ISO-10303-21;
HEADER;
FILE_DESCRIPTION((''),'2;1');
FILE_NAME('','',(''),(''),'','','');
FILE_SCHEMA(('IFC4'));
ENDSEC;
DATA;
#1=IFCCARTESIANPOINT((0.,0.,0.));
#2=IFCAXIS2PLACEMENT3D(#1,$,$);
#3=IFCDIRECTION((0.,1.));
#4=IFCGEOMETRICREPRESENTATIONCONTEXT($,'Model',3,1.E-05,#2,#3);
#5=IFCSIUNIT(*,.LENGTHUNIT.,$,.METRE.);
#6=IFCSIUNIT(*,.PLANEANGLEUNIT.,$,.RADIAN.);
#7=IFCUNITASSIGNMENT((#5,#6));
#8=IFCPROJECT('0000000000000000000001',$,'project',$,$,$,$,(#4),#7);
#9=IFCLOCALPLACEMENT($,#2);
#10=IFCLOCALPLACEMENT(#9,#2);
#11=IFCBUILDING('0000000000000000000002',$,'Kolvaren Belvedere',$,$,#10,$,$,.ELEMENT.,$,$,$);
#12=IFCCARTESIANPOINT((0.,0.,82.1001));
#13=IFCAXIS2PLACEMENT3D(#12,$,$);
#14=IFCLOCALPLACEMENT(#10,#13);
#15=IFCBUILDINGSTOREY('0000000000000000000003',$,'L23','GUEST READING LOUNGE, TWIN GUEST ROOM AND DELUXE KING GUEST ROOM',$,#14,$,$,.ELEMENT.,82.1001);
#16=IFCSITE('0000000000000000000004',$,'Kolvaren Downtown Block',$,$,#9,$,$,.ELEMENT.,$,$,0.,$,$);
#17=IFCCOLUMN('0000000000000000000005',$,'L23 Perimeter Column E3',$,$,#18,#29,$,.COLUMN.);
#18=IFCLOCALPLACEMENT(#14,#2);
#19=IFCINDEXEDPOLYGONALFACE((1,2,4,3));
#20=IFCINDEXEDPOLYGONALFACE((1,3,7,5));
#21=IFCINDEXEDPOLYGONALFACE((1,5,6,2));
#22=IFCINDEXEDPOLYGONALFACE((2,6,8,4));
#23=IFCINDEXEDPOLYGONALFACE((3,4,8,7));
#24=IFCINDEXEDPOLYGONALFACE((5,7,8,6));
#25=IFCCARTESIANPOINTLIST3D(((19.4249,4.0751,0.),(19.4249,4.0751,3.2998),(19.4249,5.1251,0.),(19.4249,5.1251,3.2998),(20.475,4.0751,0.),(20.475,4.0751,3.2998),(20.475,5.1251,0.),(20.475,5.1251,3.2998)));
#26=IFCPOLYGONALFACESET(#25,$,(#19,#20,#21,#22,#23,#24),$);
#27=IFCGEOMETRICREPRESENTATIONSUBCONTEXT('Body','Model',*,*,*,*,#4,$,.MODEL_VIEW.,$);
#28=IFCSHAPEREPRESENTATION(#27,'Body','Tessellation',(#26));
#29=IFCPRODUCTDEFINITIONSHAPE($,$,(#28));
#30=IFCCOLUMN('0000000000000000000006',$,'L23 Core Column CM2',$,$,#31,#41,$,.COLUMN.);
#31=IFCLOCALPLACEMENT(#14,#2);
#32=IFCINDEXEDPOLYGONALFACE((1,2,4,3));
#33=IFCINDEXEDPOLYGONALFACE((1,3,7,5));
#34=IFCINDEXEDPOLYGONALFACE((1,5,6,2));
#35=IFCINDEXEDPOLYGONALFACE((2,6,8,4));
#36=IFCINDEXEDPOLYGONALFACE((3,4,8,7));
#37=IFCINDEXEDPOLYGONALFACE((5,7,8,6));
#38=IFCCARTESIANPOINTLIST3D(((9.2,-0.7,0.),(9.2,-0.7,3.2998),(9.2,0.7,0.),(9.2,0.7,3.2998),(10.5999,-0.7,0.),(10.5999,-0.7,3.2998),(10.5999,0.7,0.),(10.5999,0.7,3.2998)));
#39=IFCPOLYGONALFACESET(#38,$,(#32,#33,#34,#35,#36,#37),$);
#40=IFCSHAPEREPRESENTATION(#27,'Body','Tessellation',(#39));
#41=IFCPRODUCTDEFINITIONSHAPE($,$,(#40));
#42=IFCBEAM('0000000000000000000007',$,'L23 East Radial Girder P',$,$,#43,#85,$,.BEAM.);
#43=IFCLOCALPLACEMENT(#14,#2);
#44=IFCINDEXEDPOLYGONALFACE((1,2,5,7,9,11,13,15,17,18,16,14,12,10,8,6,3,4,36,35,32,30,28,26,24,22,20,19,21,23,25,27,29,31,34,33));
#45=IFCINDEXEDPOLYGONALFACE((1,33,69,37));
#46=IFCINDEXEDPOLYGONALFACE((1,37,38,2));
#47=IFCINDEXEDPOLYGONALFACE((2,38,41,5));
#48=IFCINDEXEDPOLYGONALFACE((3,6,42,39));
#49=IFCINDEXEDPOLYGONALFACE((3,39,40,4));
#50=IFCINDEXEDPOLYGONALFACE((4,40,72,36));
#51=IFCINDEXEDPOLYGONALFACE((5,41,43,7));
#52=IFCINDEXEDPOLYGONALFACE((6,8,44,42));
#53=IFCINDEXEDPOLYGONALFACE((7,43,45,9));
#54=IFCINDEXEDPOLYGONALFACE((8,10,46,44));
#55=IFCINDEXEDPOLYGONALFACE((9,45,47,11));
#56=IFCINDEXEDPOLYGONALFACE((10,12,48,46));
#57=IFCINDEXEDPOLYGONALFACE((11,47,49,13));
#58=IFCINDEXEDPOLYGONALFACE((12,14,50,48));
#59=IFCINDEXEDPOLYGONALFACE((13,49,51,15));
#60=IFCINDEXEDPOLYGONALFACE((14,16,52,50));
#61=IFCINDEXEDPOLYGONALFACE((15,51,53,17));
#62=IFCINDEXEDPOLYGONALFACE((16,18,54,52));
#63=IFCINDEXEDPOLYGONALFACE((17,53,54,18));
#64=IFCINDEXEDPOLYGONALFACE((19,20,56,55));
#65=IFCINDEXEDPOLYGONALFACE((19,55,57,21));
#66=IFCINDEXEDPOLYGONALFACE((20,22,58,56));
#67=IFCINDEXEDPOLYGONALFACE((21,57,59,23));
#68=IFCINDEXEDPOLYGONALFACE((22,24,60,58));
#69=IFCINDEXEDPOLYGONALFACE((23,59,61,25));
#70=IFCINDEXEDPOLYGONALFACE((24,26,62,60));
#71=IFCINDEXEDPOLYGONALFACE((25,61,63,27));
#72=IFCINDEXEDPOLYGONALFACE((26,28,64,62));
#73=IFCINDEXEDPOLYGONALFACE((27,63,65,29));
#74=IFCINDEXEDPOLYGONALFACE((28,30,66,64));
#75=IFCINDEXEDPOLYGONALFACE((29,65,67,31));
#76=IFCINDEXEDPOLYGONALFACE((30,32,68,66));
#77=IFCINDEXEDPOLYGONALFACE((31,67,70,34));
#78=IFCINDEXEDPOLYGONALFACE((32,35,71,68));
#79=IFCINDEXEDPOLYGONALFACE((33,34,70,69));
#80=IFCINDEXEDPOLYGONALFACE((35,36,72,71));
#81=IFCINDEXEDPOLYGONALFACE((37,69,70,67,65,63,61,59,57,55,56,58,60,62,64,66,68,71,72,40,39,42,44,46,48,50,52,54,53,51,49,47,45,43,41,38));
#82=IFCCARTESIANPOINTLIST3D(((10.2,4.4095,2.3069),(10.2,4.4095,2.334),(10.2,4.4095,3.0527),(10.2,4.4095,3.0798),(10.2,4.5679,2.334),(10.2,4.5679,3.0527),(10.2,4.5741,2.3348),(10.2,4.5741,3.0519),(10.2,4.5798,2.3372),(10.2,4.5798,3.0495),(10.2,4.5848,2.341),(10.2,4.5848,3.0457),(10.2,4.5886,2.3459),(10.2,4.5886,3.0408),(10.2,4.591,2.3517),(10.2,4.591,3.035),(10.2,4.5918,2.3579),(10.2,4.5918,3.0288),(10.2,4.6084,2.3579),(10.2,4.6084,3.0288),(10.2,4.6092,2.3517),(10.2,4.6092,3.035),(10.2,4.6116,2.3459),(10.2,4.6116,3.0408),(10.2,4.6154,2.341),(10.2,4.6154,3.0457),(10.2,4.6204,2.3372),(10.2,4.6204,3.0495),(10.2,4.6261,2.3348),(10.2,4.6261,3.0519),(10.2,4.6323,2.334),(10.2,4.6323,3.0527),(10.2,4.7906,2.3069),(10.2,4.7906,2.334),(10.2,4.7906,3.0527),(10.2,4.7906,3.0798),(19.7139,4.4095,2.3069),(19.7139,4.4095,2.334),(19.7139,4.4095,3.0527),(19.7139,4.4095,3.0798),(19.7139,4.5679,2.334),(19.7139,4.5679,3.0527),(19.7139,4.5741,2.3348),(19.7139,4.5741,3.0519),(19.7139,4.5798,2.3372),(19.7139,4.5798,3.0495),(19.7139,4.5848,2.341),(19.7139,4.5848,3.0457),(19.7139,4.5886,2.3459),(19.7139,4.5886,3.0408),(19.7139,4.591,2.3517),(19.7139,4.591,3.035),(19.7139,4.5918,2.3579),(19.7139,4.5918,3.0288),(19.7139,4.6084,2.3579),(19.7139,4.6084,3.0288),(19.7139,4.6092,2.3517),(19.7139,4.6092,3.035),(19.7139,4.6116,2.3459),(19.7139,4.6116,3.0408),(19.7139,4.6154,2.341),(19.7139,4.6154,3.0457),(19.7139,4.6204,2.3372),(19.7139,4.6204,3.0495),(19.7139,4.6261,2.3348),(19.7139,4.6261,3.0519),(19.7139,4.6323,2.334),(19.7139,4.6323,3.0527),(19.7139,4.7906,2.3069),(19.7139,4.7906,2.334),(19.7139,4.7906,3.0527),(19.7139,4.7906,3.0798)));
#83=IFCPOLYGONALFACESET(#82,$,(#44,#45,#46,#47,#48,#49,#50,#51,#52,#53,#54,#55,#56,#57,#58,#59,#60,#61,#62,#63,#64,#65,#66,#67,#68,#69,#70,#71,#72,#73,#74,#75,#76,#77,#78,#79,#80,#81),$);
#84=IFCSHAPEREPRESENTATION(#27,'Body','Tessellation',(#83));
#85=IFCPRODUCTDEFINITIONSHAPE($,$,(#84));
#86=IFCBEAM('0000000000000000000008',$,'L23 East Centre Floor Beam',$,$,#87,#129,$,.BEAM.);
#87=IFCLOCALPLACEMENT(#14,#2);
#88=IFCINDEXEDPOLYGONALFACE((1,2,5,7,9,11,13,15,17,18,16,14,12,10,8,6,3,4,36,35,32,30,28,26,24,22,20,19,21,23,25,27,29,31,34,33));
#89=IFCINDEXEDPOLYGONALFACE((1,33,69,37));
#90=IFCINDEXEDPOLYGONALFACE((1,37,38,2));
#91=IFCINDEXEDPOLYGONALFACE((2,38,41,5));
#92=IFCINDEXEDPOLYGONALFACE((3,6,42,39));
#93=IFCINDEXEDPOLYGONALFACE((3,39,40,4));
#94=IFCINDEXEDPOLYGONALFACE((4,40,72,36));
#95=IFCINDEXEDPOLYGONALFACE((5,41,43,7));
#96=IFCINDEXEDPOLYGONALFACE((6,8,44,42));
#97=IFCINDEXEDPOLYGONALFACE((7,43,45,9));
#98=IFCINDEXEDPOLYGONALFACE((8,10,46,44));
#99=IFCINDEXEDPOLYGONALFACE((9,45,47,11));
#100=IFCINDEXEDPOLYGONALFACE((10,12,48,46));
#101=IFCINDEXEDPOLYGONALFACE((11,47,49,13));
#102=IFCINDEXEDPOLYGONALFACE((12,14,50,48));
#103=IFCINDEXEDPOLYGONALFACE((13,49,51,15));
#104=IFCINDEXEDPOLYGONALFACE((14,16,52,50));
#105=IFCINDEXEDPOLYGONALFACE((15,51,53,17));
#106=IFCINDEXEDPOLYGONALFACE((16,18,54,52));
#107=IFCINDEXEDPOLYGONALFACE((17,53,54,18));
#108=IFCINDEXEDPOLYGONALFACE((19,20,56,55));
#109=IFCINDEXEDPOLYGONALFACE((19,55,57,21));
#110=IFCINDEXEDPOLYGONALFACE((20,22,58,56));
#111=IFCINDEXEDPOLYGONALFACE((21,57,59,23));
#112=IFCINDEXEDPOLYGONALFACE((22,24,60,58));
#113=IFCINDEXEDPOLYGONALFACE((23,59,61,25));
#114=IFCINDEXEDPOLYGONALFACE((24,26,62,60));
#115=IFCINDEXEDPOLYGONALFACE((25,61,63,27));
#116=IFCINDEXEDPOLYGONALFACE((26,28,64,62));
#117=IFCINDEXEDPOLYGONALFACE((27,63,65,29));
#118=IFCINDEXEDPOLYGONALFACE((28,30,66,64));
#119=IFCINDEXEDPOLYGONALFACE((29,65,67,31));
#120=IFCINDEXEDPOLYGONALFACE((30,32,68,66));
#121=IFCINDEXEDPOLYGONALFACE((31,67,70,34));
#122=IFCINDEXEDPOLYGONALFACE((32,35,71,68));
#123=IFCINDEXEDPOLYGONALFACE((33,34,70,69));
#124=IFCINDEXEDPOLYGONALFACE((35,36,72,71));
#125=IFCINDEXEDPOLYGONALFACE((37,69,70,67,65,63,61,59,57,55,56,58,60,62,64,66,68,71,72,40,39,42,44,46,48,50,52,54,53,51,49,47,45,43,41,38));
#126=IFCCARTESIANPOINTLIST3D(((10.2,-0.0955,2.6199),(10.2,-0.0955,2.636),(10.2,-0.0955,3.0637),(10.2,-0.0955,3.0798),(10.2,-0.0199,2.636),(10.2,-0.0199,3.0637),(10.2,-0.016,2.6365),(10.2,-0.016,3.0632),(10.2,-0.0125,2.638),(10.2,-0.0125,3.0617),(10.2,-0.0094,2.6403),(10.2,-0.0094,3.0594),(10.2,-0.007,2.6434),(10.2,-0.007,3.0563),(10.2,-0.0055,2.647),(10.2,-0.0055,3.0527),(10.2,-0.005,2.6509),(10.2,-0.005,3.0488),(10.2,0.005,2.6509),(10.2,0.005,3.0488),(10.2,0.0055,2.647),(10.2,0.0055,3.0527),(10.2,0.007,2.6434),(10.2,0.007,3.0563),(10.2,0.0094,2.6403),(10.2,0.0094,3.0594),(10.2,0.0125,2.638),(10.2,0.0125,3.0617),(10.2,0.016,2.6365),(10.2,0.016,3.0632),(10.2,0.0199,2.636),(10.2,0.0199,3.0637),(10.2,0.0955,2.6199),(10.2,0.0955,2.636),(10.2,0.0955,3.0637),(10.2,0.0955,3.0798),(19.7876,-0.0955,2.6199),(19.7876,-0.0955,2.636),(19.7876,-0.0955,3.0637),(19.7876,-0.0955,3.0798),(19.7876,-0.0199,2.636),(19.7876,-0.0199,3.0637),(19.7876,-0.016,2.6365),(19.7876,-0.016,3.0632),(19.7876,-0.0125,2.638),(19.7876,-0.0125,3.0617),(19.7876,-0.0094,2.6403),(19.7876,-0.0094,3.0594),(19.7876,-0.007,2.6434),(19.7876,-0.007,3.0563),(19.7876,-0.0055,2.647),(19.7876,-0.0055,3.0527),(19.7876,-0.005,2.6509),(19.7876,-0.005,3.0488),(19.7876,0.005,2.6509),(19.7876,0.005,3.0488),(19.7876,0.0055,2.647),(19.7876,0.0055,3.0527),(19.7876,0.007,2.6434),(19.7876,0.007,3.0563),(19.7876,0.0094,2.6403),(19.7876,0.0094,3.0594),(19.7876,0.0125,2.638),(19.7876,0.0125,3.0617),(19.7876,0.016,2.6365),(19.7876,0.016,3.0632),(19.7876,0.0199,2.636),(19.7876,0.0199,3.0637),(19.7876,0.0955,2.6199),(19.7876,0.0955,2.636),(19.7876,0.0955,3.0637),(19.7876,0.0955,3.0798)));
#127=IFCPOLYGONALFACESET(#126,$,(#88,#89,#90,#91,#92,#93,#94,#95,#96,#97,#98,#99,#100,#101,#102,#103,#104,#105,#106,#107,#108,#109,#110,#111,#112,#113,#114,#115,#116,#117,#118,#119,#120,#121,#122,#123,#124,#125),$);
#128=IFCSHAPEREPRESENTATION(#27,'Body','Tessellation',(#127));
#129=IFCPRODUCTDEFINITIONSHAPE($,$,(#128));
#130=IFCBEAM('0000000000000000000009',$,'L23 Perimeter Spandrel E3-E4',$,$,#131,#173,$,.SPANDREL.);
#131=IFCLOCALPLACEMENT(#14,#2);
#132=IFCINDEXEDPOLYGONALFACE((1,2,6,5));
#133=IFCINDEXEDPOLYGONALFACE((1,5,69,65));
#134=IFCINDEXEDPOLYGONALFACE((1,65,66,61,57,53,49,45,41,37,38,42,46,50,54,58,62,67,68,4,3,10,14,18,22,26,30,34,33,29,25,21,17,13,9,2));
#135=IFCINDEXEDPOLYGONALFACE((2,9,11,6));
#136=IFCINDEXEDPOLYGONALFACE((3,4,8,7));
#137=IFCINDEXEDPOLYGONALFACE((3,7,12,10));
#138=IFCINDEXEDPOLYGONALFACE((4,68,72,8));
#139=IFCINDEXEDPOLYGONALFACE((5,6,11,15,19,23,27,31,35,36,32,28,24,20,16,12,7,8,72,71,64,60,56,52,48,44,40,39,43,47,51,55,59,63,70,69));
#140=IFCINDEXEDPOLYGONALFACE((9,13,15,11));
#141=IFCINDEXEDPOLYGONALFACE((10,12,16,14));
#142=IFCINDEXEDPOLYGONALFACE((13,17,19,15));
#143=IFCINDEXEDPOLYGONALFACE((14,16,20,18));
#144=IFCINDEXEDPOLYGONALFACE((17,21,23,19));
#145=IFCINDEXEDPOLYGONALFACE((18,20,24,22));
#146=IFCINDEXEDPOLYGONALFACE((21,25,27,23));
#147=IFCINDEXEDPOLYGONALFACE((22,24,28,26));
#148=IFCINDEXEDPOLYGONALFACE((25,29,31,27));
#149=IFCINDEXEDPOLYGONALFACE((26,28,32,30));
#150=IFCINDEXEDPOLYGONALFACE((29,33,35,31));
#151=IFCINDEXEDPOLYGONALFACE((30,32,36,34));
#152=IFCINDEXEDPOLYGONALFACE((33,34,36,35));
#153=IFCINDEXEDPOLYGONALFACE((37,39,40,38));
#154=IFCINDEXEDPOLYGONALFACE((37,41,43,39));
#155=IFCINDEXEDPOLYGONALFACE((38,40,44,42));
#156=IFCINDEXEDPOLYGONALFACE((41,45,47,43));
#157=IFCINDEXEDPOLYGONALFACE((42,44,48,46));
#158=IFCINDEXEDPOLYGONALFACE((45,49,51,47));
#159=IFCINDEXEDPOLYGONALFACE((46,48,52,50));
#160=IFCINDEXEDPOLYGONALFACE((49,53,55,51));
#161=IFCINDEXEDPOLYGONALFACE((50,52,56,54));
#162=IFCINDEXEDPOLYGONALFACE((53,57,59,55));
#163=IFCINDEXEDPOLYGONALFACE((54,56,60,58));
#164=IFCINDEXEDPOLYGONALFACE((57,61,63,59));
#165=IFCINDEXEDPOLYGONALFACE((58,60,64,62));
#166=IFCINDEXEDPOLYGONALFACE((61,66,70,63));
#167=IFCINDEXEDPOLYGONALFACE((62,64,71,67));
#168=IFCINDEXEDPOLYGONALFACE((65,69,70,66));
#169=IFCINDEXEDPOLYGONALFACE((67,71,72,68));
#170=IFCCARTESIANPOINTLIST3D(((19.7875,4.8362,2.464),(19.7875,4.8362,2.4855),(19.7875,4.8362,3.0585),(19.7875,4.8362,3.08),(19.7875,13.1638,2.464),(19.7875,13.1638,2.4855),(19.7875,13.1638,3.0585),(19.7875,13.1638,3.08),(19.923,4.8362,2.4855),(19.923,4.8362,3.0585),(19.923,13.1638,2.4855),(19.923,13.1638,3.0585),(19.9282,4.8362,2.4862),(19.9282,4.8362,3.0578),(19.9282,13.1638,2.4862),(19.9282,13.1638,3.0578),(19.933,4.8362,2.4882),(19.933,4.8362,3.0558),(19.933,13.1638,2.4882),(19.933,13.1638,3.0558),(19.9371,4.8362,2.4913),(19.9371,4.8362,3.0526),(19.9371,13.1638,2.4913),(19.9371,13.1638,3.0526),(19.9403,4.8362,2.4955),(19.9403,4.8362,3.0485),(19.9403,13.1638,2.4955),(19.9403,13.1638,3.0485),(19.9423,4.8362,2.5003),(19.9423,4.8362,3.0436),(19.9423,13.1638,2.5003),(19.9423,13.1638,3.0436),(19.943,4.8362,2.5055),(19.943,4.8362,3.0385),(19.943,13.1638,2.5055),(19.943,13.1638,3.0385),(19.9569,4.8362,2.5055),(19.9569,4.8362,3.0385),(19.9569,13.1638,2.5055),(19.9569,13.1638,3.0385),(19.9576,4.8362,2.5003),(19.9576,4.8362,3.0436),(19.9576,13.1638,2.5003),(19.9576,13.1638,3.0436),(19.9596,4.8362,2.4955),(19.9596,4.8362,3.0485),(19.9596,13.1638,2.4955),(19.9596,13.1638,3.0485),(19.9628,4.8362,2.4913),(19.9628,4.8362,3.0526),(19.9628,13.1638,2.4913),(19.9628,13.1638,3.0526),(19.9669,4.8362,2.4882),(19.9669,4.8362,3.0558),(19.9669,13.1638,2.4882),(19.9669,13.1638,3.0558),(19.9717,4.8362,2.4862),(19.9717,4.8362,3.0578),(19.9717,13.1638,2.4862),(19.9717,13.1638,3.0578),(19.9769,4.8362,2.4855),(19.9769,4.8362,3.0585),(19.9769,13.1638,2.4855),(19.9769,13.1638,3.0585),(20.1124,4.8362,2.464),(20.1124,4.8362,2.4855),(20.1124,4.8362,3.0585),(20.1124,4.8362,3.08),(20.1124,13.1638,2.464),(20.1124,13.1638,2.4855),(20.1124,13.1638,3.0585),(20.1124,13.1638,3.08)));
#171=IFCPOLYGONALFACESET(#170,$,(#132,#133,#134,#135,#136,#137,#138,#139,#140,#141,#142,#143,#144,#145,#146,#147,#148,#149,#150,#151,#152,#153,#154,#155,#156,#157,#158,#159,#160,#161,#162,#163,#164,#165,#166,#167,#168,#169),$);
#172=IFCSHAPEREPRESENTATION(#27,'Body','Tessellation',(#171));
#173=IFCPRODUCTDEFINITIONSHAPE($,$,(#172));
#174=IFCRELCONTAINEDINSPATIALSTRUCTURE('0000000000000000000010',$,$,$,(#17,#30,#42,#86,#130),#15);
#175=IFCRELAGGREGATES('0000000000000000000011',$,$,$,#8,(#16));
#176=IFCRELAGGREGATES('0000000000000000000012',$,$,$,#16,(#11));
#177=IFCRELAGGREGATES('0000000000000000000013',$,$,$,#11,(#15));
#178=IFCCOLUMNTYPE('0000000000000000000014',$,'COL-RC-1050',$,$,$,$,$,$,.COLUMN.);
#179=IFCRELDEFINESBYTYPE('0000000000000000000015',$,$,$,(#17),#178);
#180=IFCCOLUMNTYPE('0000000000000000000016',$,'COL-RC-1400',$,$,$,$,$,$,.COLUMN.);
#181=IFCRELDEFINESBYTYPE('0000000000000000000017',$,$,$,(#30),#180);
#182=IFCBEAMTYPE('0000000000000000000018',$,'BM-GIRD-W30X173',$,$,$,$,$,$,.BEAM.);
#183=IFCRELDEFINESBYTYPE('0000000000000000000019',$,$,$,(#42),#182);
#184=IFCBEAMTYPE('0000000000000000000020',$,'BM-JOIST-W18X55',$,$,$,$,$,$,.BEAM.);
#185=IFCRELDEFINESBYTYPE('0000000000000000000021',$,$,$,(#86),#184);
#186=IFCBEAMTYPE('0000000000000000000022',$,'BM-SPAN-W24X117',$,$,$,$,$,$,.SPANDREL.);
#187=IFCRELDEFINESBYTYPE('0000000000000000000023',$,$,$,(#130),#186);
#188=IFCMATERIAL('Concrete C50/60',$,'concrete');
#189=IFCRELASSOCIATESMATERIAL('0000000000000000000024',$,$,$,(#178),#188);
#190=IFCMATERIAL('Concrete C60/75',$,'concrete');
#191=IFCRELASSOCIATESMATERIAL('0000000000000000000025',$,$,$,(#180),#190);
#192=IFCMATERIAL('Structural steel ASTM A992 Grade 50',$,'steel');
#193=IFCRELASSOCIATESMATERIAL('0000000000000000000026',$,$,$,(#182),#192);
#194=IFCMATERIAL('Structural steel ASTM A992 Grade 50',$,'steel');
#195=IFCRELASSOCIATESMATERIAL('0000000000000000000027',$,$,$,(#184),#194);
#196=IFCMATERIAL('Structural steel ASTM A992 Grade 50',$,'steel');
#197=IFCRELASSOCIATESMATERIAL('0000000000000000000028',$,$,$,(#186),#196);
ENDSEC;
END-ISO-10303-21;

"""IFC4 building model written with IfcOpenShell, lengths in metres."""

from ifc_helpers import new_model, si_unit, direction, frame, origin, origin_2d, place, context, subcontext, project, spatial, rectangle, i_section, extrude, material, material_profile, profile_set, type_object, element, save


model = new_model("IFC4")

# Units and contexts
model_context = context("Model", 3, precision=1e-05, world=origin(), true_north=direction((0.0, 1.0)))
body_context = subcontext(model_context, "Body", "Model", "MODEL_VIEW")
ifc_project = project(units=[si_unit("LENGTHUNIT", "METRE"), si_unit("PLANEANGLEUNIT", "RADIAN")], contexts=[model_context])

# Site, building, storey
site_placement = place(None, origin())
site = spatial("IfcSite", under=ifc_project, at=site_placement, Name="Kolvaren Downtown Block", CompositionType="ELEMENT", RefElevation=0.0)
building_placement = place(site_placement, origin())
building = spatial("IfcBuilding", under=site, at=building_placement, Name="Kolvaren Belvedere", CompositionType="ELEMENT")
storey_placement = place(building_placement, frame((0.0, 0.0, 82.1001)))
storey = spatial("IfcBuildingStorey", under=building, at=storey_placement, Name="L23", Description="GUEST READING LOUNGE, TWIN GUEST ROOM AND DELUXE KING GUEST ROOM", CompositionType="ELEMENT", Elevation=82.1001)

# Columns
ifc_material_1 = material(Name="Concrete C50/60", Category="concrete")
ifc_material_profile_1 = material_profile(ifc_material_1, rectangle(XDim=1.05, YDim=1.05, at=origin_2d()), Name="RC 1050X1050")
ifc_profile_set_1 = profile_set([ifc_material_profile_1], Name="Concrete C50/60")
column_type_1 = type_object("IfcColumnType", Name="COL-RC-1050", PredefinedType="COLUMN", material=ifc_profile_set_1)
column_1_placement = place(storey_placement, frame((19.95, 4.6001, 0.0), z_axis=(0.0, 0.0, 1.0), x_axis=(1.0, 0.0, 0.0)))
element("IfcColumn", 1, at=column_1_placement, inside=storey, type_object=column_type_1, Name="L23 Perimeter Column E3", PredefinedType="COLUMN", context=body_context, shape_type="SweptSolid", body=[
    extrude(rectangle(XDim=1.05, YDim=1.05, at=origin_2d()), origin(), (0.0, 0.0, 1.0), 3.2998),
])
ifc_material_2 = material(Name="Concrete C60/75", Category="concrete")
ifc_material_profile_2 = material_profile(ifc_material_2, rectangle(XDim=1.3999, YDim=1.3999, at=origin_2d()), Name="RC 1400X1400")
ifc_profile_set_2 = profile_set([ifc_material_profile_2], Name="Concrete C60/75")
column_type_2 = type_object("IfcColumnType", Name="COL-RC-1400", PredefinedType="COLUMN", material=ifc_profile_set_2)
column_2_placement = place(storey_placement, frame((9.8999, 0.0, 0.0), z_axis=(0.0, 0.0, 1.0), x_axis=(1.0, 0.0, 0.0)))
element("IfcColumn", 2, at=column_2_placement, inside=storey, type_object=column_type_2, Name="L23 Core Column CM2", PredefinedType="COLUMN", context=body_context, shape_type="SweptSolid", body=[
    extrude(rectangle(XDim=1.3999, YDim=1.3999, at=origin_2d()), origin(), (0.0, 0.0, 1.0), 3.2998),
])

# Beams
ifc_material_3 = material(Name="Structural steel ASTM A992 Grade 50", Category="steel")
ifc_material_profile_3 = material_profile(ifc_material_3, i_section(OverallWidth=0.3811, OverallDepth=0.7729, WebThickness=0.0166, FlangeThickness=0.0271, FilletRadius=0.0239, at=origin_2d()), Name="W30X173")
ifc_profile_set_3 = profile_set([ifc_material_profile_3], Name="Structural steel ASTM A992 Grade 50")
beam_type_1 = type_object("IfcBeamType", Name="BM-GIRD-W30X173", PredefinedType="BEAM", material=ifc_profile_set_3)
beam_1_placement = place(storey_placement, frame((10.2, 4.6001, 2.6934), z_axis=(1.0, 0.0, 0.0), x_axis=(0.0, 1.0, 0.0)))
element("IfcBeam", 3, at=beam_1_placement, inside=storey, type_object=beam_type_1, Name="L23 East Radial Girder P", PredefinedType="BEAM", context=body_context, shape_type="SweptSolid", body=[
    extrude(i_section(OverallWidth=0.3811, OverallDepth=0.7729, WebThickness=0.0166, FlangeThickness=0.0271, FilletRadius=0.0239, at=origin_2d()), origin(), (0.0, 0.0, 1.0), 9.5139),
])
ifc_material_4 = material(Name="Structural steel ASTM A992 Grade 50", Category="steel")
ifc_material_profile_4 = material_profile(ifc_material_4, i_section(OverallWidth=0.1909, OverallDepth=0.46, WebThickness=0.01, FlangeThickness=0.0161, FilletRadius=0.0149, at=origin_2d()), Name="W18X55")
ifc_profile_set_4 = profile_set([ifc_material_profile_4], Name="Structural steel ASTM A992 Grade 50")
beam_type_2 = type_object("IfcBeamType", Name="BM-JOIST-W18X55", PredefinedType="BEAM", material=ifc_profile_set_4)
beam_2_placement = place(storey_placement, frame((10.2, 0.0, 2.8499), z_axis=(1.0, 0.0, 0.0), x_axis=(0.0, 1.0, 0.0)))
element("IfcBeam", 4, at=beam_2_placement, inside=storey, type_object=beam_type_2, Name="L23 East Centre Floor Beam", PredefinedType="BEAM", context=body_context, shape_type="SweptSolid", body=[
    extrude(i_section(OverallWidth=0.1909, OverallDepth=0.46, WebThickness=0.01, FlangeThickness=0.0161, FilletRadius=0.0149, at=origin_2d()), origin(), (0.0, 0.0, 1.0), 9.5876),
])
ifc_material_5 = material(Name="Structural steel ASTM A992 Grade 50", Category="steel")
ifc_material_profile_5 = material_profile(ifc_material_5, i_section(OverallWidth=0.325, OverallDepth=0.616, WebThickness=0.0139, FlangeThickness=0.0215, FilletRadius=0.02, at=origin_2d()), Name="W24X117")
ifc_profile_set_5 = profile_set([ifc_material_profile_5], Name="Structural steel ASTM A992 Grade 50")
beam_type_3 = type_object("IfcBeamType", Name="BM-SPAN-W24X117", PredefinedType="SPANDREL", material=ifc_profile_set_5)
beam_3_placement = place(storey_placement, frame((19.95, 4.8362, 2.772), z_axis=(0.0, 1.0, 0.0), x_axis=(-1.0, 0.0, 0.0)))
element("IfcBeam", 5, at=beam_3_placement, inside=storey, type_object=beam_type_3, Name="L23 Perimeter Spandrel E3-E4", PredefinedType="SPANDREL", context=body_context, shape_type="SweptSolid", body=[
    extrude(i_section(OverallWidth=0.325, OverallDepth=0.616, WebThickness=0.0139, FlangeThickness=0.0215, FilletRadius=0.02, at=origin_2d()), origin(), (0.0, 0.0, 1.0), 8.3276),
])

save(model, "model.ifc")
